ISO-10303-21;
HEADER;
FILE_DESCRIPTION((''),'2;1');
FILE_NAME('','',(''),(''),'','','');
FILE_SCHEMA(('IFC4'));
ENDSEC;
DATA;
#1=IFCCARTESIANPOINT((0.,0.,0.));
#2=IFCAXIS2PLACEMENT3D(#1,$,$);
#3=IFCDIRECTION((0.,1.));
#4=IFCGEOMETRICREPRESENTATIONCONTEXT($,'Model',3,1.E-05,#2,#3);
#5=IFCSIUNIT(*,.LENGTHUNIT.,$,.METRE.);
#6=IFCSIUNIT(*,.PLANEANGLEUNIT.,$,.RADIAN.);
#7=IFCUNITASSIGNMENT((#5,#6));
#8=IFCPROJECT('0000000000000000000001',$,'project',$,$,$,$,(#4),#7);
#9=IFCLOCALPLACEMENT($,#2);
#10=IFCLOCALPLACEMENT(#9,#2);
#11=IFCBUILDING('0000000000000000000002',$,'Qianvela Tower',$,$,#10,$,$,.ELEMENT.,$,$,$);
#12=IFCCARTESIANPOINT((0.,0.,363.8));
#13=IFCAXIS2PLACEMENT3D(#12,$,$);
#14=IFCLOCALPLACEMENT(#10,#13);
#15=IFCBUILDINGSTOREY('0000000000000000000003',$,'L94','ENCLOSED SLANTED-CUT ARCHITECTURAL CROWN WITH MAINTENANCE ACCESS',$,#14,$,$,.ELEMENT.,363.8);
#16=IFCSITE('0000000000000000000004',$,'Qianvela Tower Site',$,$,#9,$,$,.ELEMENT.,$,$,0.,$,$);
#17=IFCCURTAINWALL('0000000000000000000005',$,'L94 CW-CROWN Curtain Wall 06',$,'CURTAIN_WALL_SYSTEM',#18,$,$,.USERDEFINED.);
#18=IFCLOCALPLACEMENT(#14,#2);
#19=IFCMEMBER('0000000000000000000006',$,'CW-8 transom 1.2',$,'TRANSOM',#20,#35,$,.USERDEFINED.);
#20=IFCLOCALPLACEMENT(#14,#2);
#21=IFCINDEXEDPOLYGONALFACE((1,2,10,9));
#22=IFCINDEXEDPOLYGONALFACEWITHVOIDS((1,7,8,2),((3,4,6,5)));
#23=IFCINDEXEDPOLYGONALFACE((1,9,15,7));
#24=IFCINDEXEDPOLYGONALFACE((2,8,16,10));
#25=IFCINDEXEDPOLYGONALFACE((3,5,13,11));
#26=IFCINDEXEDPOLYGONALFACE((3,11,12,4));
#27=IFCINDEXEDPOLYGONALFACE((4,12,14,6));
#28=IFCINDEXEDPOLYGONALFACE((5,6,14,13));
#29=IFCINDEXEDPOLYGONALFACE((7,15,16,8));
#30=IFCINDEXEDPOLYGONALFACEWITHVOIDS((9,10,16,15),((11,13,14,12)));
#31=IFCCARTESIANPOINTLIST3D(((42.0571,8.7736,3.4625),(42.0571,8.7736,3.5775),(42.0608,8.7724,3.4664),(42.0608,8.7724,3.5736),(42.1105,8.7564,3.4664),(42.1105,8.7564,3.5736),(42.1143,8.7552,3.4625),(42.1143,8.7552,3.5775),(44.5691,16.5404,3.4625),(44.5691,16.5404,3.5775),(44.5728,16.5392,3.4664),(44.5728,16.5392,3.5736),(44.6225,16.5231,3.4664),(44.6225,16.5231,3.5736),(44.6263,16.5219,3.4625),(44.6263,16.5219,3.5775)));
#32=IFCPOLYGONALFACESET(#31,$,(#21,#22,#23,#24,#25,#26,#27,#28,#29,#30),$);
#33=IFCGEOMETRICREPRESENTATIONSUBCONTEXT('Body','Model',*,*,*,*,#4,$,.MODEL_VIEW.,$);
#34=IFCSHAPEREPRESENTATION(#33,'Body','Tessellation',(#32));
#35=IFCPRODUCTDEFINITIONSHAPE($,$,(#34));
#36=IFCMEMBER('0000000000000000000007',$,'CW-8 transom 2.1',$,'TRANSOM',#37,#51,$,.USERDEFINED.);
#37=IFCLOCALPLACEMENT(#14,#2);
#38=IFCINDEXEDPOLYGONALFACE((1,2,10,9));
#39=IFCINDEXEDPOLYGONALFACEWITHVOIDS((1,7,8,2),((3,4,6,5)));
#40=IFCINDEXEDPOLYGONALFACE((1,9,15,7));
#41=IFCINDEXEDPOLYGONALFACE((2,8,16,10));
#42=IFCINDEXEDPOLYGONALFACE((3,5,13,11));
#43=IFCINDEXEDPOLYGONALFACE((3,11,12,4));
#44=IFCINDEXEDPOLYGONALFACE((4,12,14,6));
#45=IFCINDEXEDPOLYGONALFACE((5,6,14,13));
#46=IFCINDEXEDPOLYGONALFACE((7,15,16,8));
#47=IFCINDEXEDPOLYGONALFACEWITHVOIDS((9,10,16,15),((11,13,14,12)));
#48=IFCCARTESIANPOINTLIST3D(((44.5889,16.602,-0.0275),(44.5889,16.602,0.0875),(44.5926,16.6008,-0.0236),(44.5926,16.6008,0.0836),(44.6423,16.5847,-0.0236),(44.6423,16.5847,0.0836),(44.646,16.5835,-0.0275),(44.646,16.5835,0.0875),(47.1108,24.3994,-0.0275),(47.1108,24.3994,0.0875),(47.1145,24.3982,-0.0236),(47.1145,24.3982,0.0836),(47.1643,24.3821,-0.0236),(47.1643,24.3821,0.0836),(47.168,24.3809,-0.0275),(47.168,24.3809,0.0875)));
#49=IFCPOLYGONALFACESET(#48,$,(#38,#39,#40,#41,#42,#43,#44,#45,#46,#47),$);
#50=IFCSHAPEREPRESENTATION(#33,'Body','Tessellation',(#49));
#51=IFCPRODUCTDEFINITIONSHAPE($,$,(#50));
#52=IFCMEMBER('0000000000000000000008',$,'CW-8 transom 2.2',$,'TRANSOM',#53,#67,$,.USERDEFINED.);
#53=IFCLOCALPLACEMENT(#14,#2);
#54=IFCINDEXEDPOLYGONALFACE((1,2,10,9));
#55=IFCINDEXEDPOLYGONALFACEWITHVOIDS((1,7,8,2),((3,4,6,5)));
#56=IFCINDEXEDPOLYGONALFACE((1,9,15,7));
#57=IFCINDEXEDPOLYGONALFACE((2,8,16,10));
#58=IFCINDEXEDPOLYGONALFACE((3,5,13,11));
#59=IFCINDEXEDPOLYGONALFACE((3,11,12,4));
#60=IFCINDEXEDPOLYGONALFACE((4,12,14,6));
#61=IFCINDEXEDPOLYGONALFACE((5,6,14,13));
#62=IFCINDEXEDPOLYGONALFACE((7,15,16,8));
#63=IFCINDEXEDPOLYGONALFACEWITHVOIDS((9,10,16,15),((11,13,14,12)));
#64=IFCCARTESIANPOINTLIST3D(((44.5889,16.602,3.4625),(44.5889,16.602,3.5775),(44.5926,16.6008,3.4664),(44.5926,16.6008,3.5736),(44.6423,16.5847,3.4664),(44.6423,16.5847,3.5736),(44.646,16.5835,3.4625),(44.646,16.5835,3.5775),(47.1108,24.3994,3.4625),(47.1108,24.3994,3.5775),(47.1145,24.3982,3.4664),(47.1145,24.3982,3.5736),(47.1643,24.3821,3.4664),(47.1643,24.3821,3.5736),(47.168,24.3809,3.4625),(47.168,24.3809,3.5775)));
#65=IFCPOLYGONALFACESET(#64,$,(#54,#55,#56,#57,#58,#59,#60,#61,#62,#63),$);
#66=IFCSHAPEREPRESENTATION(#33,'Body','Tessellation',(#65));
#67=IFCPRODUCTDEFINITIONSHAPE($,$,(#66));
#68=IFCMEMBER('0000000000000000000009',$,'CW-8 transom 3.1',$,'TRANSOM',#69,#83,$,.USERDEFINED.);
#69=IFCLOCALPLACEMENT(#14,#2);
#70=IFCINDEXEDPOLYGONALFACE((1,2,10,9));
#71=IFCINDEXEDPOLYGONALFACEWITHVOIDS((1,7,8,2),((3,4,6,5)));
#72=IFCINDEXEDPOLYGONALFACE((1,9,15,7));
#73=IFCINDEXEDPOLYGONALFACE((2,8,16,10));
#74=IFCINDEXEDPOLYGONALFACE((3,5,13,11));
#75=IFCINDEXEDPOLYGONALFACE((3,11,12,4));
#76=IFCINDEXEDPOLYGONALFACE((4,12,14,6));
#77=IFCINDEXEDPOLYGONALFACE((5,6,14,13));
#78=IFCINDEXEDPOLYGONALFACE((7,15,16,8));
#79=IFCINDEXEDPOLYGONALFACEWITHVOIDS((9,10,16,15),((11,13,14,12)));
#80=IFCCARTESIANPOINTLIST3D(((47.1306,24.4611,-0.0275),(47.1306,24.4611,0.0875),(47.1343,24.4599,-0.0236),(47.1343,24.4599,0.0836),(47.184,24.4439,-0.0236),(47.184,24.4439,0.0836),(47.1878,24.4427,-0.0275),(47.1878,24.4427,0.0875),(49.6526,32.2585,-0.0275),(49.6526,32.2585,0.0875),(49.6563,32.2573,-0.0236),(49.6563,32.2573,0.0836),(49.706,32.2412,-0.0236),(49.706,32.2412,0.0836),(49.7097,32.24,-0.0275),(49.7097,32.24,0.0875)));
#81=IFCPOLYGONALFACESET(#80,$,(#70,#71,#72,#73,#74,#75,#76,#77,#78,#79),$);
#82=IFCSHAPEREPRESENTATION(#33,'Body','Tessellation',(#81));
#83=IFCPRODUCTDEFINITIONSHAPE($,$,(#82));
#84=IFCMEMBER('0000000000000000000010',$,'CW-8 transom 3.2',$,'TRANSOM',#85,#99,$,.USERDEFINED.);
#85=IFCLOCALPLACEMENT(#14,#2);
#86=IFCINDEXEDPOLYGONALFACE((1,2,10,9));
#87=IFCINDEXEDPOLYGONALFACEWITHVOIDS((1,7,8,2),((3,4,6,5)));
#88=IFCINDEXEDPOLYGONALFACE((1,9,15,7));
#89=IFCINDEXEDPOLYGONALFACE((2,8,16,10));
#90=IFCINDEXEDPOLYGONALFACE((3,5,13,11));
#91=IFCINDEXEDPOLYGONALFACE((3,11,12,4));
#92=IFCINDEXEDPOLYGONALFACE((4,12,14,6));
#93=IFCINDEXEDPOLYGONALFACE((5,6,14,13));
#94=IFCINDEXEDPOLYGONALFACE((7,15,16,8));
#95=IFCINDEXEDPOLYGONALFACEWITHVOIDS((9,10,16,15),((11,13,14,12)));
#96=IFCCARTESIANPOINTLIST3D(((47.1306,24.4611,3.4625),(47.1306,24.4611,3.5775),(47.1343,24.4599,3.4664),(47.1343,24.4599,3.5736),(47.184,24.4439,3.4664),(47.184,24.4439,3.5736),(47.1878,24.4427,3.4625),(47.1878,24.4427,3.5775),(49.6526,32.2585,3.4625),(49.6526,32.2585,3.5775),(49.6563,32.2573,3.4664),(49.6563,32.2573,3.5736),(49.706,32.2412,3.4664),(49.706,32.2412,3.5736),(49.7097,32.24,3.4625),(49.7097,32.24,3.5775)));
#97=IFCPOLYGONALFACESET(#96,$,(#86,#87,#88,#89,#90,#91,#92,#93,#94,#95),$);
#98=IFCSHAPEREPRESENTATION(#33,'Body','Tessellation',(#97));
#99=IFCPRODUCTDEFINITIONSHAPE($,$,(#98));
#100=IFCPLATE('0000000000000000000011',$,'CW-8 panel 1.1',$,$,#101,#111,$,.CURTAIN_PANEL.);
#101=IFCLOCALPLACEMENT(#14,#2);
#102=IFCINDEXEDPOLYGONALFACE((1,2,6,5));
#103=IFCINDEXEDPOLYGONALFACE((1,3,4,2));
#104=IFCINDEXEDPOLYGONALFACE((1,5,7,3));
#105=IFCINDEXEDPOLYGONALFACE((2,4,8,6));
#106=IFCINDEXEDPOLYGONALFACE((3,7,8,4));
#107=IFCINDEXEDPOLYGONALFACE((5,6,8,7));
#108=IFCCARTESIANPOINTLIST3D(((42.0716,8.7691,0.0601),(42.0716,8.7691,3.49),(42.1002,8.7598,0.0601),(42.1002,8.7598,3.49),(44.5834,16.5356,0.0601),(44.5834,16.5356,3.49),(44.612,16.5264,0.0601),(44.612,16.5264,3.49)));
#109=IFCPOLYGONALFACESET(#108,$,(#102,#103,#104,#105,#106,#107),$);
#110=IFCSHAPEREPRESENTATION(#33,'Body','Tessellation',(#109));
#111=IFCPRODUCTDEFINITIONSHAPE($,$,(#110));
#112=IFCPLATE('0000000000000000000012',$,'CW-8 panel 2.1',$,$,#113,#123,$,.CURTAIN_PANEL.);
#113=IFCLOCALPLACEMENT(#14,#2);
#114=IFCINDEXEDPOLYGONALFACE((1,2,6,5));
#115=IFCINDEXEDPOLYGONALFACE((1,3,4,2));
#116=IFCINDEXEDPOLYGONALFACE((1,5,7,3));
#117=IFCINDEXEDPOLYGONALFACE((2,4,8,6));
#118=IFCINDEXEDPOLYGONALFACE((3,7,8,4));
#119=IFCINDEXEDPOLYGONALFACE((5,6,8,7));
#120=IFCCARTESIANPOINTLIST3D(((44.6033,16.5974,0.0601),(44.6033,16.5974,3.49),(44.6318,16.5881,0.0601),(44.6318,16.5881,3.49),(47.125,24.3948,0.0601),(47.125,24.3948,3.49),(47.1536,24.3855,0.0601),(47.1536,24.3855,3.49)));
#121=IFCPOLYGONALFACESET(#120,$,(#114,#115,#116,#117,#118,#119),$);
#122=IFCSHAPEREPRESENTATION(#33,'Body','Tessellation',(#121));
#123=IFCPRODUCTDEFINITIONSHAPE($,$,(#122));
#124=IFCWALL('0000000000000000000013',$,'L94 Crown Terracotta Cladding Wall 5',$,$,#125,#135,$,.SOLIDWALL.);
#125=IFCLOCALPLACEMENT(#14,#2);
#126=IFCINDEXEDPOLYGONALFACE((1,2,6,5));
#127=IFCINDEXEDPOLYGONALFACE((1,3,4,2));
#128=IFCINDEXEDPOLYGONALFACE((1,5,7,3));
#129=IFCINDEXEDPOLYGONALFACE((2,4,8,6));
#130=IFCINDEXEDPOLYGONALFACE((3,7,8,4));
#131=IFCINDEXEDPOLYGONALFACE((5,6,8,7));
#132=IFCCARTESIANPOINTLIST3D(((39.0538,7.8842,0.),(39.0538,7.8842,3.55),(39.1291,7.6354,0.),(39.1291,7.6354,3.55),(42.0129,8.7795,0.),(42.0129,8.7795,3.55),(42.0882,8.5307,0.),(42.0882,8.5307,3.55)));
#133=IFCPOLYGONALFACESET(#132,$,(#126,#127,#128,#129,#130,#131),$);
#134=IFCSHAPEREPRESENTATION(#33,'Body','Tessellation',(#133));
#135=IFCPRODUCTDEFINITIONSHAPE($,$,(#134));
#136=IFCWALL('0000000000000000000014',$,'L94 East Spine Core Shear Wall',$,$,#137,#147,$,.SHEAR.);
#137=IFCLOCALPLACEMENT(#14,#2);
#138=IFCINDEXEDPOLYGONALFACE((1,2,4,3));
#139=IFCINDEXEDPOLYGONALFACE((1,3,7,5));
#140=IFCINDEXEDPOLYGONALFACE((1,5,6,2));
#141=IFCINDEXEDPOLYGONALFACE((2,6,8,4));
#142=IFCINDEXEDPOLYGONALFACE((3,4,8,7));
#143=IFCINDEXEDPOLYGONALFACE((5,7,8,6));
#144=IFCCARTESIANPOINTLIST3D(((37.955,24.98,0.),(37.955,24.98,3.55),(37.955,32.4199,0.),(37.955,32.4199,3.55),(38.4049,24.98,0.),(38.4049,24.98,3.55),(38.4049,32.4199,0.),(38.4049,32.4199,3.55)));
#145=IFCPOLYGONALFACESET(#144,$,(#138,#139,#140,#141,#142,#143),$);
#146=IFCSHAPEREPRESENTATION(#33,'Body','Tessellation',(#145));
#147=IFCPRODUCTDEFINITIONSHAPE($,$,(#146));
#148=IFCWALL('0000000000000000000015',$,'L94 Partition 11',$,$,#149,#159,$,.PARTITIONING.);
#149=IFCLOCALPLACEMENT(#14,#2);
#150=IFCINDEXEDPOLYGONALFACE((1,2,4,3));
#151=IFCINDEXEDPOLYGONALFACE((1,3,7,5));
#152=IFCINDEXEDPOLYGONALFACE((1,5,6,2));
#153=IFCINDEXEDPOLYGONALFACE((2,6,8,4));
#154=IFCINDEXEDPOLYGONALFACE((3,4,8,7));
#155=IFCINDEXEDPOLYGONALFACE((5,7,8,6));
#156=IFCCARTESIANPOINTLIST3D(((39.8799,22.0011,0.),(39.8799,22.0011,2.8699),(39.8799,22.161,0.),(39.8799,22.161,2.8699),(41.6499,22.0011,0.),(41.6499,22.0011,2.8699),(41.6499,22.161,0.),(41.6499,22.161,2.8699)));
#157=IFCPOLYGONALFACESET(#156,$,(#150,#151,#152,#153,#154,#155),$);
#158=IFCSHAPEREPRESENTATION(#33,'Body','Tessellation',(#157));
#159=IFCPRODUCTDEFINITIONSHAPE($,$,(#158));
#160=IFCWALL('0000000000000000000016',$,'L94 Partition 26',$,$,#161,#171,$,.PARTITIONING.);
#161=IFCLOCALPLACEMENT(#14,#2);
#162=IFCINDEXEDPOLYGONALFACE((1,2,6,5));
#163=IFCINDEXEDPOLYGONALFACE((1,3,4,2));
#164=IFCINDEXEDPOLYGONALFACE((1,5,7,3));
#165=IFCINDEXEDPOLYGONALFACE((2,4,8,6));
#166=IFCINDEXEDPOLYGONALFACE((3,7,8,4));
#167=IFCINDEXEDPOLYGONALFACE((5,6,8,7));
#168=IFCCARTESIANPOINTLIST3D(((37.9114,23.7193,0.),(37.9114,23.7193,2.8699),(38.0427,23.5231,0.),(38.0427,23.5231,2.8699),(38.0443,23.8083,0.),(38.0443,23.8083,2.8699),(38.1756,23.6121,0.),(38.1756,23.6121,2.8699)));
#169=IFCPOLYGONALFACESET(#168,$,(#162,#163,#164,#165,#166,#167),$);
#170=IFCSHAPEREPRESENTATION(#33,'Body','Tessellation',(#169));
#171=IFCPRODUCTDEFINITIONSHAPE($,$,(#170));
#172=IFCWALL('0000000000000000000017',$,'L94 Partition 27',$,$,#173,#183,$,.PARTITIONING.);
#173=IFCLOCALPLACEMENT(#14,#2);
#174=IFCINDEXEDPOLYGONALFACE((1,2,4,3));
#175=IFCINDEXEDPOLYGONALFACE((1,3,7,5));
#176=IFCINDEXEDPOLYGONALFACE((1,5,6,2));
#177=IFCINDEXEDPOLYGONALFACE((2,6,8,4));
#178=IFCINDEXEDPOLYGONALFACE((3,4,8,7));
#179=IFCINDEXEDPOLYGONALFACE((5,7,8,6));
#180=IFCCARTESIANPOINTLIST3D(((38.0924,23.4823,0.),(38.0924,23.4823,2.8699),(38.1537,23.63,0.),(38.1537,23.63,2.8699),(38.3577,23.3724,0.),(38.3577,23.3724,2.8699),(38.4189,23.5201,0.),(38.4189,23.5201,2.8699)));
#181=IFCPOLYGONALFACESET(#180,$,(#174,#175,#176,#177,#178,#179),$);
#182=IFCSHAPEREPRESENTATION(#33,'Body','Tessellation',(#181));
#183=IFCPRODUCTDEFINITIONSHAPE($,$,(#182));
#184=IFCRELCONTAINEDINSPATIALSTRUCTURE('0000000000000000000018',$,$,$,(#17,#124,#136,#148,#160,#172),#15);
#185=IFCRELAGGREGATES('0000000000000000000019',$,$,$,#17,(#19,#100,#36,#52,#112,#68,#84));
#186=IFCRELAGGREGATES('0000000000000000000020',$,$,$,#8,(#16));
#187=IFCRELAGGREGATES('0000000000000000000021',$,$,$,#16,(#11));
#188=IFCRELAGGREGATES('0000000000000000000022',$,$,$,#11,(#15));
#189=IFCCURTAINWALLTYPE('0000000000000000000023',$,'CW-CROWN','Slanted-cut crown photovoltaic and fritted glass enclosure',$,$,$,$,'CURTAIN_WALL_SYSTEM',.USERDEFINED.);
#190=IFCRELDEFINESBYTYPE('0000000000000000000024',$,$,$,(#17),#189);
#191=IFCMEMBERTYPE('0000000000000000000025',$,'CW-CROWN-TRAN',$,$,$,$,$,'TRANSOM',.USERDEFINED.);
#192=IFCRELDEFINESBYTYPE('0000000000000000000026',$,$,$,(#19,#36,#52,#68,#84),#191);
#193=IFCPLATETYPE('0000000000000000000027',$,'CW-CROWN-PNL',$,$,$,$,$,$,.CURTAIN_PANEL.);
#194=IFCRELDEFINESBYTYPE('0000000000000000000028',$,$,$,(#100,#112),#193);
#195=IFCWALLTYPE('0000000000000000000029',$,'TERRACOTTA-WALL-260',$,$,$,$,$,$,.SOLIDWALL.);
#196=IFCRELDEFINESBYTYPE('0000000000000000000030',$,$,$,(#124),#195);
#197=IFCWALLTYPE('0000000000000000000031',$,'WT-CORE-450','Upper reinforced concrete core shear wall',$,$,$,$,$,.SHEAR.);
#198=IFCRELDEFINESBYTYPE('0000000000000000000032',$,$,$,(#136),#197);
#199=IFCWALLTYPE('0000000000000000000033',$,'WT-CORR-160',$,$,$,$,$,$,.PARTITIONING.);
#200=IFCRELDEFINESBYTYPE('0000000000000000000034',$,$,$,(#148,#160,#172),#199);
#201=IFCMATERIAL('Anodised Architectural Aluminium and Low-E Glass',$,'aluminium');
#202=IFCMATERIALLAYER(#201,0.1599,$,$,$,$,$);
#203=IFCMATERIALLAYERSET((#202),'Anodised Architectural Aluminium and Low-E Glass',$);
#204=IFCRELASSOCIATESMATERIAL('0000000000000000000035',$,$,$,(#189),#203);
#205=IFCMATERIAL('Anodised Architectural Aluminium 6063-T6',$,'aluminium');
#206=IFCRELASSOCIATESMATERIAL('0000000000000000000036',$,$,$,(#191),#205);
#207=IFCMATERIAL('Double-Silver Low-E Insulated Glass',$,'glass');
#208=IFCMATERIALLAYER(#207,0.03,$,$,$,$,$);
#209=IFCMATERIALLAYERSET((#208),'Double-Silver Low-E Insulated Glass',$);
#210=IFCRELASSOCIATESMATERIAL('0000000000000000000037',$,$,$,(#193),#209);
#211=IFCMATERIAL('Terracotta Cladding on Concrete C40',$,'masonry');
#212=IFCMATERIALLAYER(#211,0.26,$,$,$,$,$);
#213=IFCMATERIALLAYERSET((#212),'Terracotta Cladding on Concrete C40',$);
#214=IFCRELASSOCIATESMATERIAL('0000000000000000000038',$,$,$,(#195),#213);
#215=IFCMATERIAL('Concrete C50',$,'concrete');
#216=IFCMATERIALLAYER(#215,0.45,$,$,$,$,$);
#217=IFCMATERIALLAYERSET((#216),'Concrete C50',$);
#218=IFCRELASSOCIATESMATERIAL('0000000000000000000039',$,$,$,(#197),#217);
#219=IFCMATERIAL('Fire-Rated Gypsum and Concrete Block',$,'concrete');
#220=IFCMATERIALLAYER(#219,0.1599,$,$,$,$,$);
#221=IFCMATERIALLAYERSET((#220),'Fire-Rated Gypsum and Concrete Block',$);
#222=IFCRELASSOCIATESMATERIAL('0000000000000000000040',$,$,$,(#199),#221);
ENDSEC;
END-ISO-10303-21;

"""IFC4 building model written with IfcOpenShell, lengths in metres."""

from ifc_helpers import new_model, si_unit, direction, frame, frame_2d, origin, origin_2d, place, context, subcontext, project, spatial, rectangle, hollow_rectangle, extrude, material, layer, layer_set, material_profile, profile_set, type_object, element, aggregate, save


model = new_model("IFC4")

# Units and contexts
model_context = context("Model", 3, precision=1e-05, world=origin(), true_north=direction((0.0, 1.0)))
body_context = subcontext(model_context, "Body", "Model", "MODEL_VIEW")
ifc_project = project(units=[si_unit("LENGTHUNIT", "METRE"), si_unit("PLANEANGLEUNIT", "RADIAN")], contexts=[model_context])

# Site, building, storey
site_placement = place(None, origin())
site = spatial("IfcSite", under=ifc_project, at=site_placement, Name="Qianvela Tower Site", CompositionType="ELEMENT", RefElevation=0.0)
building_placement = place(site_placement, origin())
building = spatial("IfcBuilding", under=site, at=building_placement, Name="Qianvela Tower", CompositionType="ELEMENT")
storey_placement = place(building_placement, frame((0.0, 0.0, 363.8)))
storey = spatial("IfcBuildingStorey", under=building, at=storey_placement, Name="L94", Description="ENCLOSED SLANTED-CUT ARCHITECTURAL CROWN WITH MAINTENANCE ACCESS", CompositionType="ELEMENT", Elevation=363.8)

# Shared definitions
ifc_material_1 = material(Name="Anodised Architectural Aluminium and Low-E Glass", Category="aluminium")
ifc_layer_1 = layer(ifc_material_1, 0.1599)
ifc_layer_set_1 = layer_set([ifc_layer_1], Name="Anodised Architectural Aluminium and Low-E Glass")
curtain_wall_type = type_object("IfcCurtainWallType", Name="CW-CROWN", Description="Slanted-cut crown photovoltaic and fritted glass enclosure", ElementType="CURTAIN_WALL_SYSTEM", PredefinedType="USERDEFINED", material=ifc_layer_set_1)

# Curtain wall, members, plates
curtain_wall_1_placement = place(storey_placement, origin())
curtain_wall_1 = element("IfcCurtainWall", 1, at=curtain_wall_1_placement, inside=storey, type_object=curtain_wall_type, Name="L94 CW-CROWN Curtain Wall 06", ObjectType="CURTAIN_WALL_SYSTEM", PredefinedType="USERDEFINED")
ifc_material_2 = material(Name="Anodised Architectural Aluminium 6063-T6", Category="aluminium")
ifc_material_profile_1 = material_profile(ifc_material_2, hollow_rectangle(XDim=0.0601, YDim=0.115, WallThickness=0.0039, at=origin_2d()), Name="ALU-TRAN-60x115")
ifc_profile_set_1 = profile_set([ifc_material_profile_1], Name="Anodised Architectural Aluminium 6063-T6")
member_type_1 = type_object("IfcMemberType", Name="CW-CROWN-TRAN", ElementType="TRANSOM", PredefinedType="USERDEFINED", material=ifc_profile_set_1)
member_1_placement = place(storey_placement, frame((42.0857, 8.7644, 3.52), z_axis=(0.307736, 0.951472, 0.0), x_axis=(-0.951472, 0.307736, 0.0)))
member_1 = element("IfcMember", 2, at=member_1_placement, type_object=member_type_1, Name="CW-8 transom 1.2", ObjectType="TRANSOM", PredefinedType="USERDEFINED", context=body_context, shape_type="SweptSolid", body=[
    extrude(hollow_rectangle(XDim=0.0601, YDim=0.115, WallThickness=0.0039, at=origin_2d()), origin(), (0.0, 0.0, 1.0), 8.1628),
])
member_2_placement = place(storey_placement, frame((44.6174, 16.5928, 0.03), z_axis=(0.307743, 0.95147, 0.0), x_axis=(-0.95147, 0.307743, 0.0)))
member_2 = element("IfcMember", 3, at=member_2_placement, type_object=member_type_1, Name="CW-8 transom 2.1", ObjectType="TRANSOM", PredefinedType="USERDEFINED", context=body_context, shape_type="SweptSolid", body=[
    extrude(hollow_rectangle(XDim=0.0601, YDim=0.115, WallThickness=0.0039, at=origin_2d()), origin(), (0.0, 0.0, 1.0), 8.1951),
])
member_3_placement = place(storey_placement, frame((44.6174, 16.5928, 3.52), z_axis=(0.307743, 0.95147, 0.0), x_axis=(-0.95147, 0.307743, 0.0)))
member_3 = element("IfcMember", 4, at=member_3_placement, type_object=member_type_1, Name="CW-8 transom 2.2", ObjectType="TRANSOM", PredefinedType="USERDEFINED", context=body_context, shape_type="SweptSolid", body=[
    extrude(hollow_rectangle(XDim=0.0601, YDim=0.115, WallThickness=0.0039, at=origin_2d()), origin(), (0.0, 0.0, 1.0), 8.1951),
])
member_4_placement = place(storey_placement, frame((47.1592, 24.4519, 0.03), z_axis=(0.307743, 0.95147, 0.0), x_axis=(-0.95147, 0.307743, 0.0)))
member_4 = element("IfcMember", 5, at=member_4_placement, type_object=member_type_1, Name="CW-8 transom 3.1", ObjectType="TRANSOM", PredefinedType="USERDEFINED", context=body_context, shape_type="SweptSolid", body=[
    extrude(hollow_rectangle(XDim=0.0601, YDim=0.115, WallThickness=0.0039, at=origin_2d()), origin(), (0.0, 0.0, 1.0), 8.1951),
])
member_5_placement = place(storey_placement, frame((47.1592, 24.4519, 3.52), z_axis=(0.307743, 0.95147, 0.0), x_axis=(-0.95147, 0.307743, 0.0)))
member_5 = element("IfcMember", 6, at=member_5_placement, type_object=member_type_1, Name="CW-8 transom 3.2", ObjectType="TRANSOM", PredefinedType="USERDEFINED", context=body_context, shape_type="SweptSolid", body=[
    extrude(hollow_rectangle(XDim=0.0601, YDim=0.115, WallThickness=0.0039, at=origin_2d()), origin(), (0.0, 0.0, 1.0), 8.1951),
])
ifc_material_3 = material(Name="Double-Silver Low-E Insulated Glass", Category="glass")
ifc_layer_2 = layer(ifc_material_3, 0.03)
ifc_layer_set_2 = layer_set([ifc_layer_2], Name="Double-Silver Low-E Insulated Glass")
plate_type = type_object("IfcPlateType", Name="CW-CROWN-PNL", PredefinedType="CURTAIN_PANEL", material=ifc_layer_set_2)
plate_1_placement = place(storey_placement, frame((43.3418, 12.6477, 0.0601), z_axis=(0.0, 0.0, 1.0), x_axis=(0.307717, 0.951478, 0.0)))
plate_1 = element("IfcPlate", 7, at=plate_1_placement, type_object=plate_type, Name="CW-8 panel 1.1", PredefinedType="CURTAIN_PANEL", context=body_context, shape_type="SweptSolid", body=[
    extrude(rectangle(XDim=8.1626, YDim=0.03, at=origin_2d()), origin(), (0.0, 0.0, 1.0), 3.4299),
])
plate_2_placement = place(storey_placement, frame((45.8784, 20.4915, 0.0601), z_axis=(0.0, 0.0, 1.0), x_axis=(0.307717, 0.951478, 0.0)))
plate_2 = element("IfcPlate", 8, at=plate_2_placement, type_object=plate_type, Name="CW-8 panel 2.1", PredefinedType="CURTAIN_PANEL", context=body_context, shape_type="SweptSolid", body=[
    extrude(rectangle(XDim=8.1951, YDim=0.03, at=origin_2d()), origin(), (0.0, 0.0, 1.0), 3.4299),
])
aggregate(curtain_wall_1, [member_1, plate_1, member_2, member_3, plate_2, member_4, member_5])

# Walls
ifc_material_4 = material(Name="Terracotta Cladding on Concrete C40", Category="masonry")
ifc_layer_3 = layer(ifc_material_4, 0.26)
ifc_layer_set_3 = layer_set([ifc_layer_3], Name="Terracotta Cladding on Concrete C40")
wall_type_1 = type_object("IfcWallType", Name="TERRACOTTA-WALL-260", PredefinedType="SOLIDWALL", material=ifc_layer_set_3)
wall_1_placement = place(storey_placement, frame((39.0913, 7.7598, 0.0), z_axis=(0.0, 0.0, 1.0), x_axis=(0.95715, 0.289593, 0.0)))
element("IfcWall", 9, at=wall_1_placement, inside=storey, type_object=wall_type_1, Name="L94 Crown Terracotta Cladding Wall 5", PredefinedType="SOLIDWALL", context=body_context, shape_type="SweptSolid", body=[
    extrude(rectangle(XDim=3.0916, YDim=0.26, at=frame_2d((1.5459, 0.0))), origin(), (0.0, 0.0, 1.0), 3.55),
])
ifc_material_5 = material(Name="Concrete C50", Category="concrete")
ifc_layer_4 = layer(ifc_material_5, 0.45)
ifc_layer_set_4 = layer_set([ifc_layer_4], Name="Concrete C50")
wall_type_2 = type_object("IfcWallType", Name="WT-CORE-450", Description="Upper reinforced concrete core shear wall", PredefinedType="SHEAR", material=ifc_layer_set_4)
wall_2_placement = place(storey_placement, frame((38.1799, 24.98, 0.0), z_axis=(0.0, 0.0, 1.0), x_axis=(0.0, 1.0, 0.0)))
element("IfcWall", 10, at=wall_2_placement, inside=storey, type_object=wall_type_2, Name="L94 East Spine Core Shear Wall", PredefinedType="SHEAR", context=body_context, shape_type="SweptSolid", body=[
    extrude(rectangle(XDim=7.4399, YDim=0.45, at=frame_2d((3.72, 0.0))), origin(), (0.0, 0.0, 1.0), 3.55),
])

# Shared definitions
ifc_material_6 = material(Name="Fire-Rated Gypsum and Concrete Block", Category="concrete")
ifc_layer_5 = layer(ifc_material_6, 0.1599)
ifc_layer_set_5 = layer_set([ifc_layer_5], Name="Fire-Rated Gypsum and Concrete Block")
wall_type_3 = type_object("IfcWallType", Name="WT-CORR-160", PredefinedType="PARTITIONING", material=ifc_layer_set_5)

# Walls
wall_3_placement = place(storey_placement, frame((41.6499, 22.0811, 0.0), z_axis=(0.0, 0.0, 1.0), x_axis=(-1.0, 0.0, 0.0)))
element("IfcWall", 11, at=wall_3_placement, inside=storey, type_object=wall_type_3, Name="L94 Partition 11", PredefinedType="PARTITIONING", context=body_context, shape_type="SweptSolid", body=[
    extrude(rectangle(XDim=1.77, YDim=0.1599, at=frame_2d((0.885, 0.0))), origin(), (0.0, 0.0, 1.0), 2.8699),
])
wall_4_placement = place(storey_placement, frame((37.9778, 23.7639, 0.0), z_axis=(0.0, 0.0, 1.0), x_axis=(0.556131, -0.831095, 0.0)))
element("IfcWall", 12, at=wall_4_placement, inside=storey, type_object=wall_type_3, Name="L94 Partition 26", PredefinedType="PARTITIONING", context=body_context, shape_type="SweptSolid", body=[
    extrude(rectangle(XDim=0.2361, YDim=0.1599, at=frame_2d((0.1182, 0.0))), origin(), (0.0, 0.0, 1.0), 2.8699),
])
wall_5_placement = place(storey_placement, frame((38.123, 23.5562, 0.0), z_axis=(0.0, 0.0, 1.0), x_axis=(0.92383, -0.382803, 0.0)))
element("IfcWall", 13, at=wall_5_placement, inside=storey, type_object=wall_type_3, Name="L94 Partition 27", PredefinedType="PARTITIONING", context=body_context, shape_type="SweptSolid", body=[
    extrude(rectangle(XDim=0.2871, YDim=0.1599, at=frame_2d((0.1436, 0.0))), origin(), (0.0, 0.0, 1.0), 2.8699),
])

save(model, "model.ifc")
